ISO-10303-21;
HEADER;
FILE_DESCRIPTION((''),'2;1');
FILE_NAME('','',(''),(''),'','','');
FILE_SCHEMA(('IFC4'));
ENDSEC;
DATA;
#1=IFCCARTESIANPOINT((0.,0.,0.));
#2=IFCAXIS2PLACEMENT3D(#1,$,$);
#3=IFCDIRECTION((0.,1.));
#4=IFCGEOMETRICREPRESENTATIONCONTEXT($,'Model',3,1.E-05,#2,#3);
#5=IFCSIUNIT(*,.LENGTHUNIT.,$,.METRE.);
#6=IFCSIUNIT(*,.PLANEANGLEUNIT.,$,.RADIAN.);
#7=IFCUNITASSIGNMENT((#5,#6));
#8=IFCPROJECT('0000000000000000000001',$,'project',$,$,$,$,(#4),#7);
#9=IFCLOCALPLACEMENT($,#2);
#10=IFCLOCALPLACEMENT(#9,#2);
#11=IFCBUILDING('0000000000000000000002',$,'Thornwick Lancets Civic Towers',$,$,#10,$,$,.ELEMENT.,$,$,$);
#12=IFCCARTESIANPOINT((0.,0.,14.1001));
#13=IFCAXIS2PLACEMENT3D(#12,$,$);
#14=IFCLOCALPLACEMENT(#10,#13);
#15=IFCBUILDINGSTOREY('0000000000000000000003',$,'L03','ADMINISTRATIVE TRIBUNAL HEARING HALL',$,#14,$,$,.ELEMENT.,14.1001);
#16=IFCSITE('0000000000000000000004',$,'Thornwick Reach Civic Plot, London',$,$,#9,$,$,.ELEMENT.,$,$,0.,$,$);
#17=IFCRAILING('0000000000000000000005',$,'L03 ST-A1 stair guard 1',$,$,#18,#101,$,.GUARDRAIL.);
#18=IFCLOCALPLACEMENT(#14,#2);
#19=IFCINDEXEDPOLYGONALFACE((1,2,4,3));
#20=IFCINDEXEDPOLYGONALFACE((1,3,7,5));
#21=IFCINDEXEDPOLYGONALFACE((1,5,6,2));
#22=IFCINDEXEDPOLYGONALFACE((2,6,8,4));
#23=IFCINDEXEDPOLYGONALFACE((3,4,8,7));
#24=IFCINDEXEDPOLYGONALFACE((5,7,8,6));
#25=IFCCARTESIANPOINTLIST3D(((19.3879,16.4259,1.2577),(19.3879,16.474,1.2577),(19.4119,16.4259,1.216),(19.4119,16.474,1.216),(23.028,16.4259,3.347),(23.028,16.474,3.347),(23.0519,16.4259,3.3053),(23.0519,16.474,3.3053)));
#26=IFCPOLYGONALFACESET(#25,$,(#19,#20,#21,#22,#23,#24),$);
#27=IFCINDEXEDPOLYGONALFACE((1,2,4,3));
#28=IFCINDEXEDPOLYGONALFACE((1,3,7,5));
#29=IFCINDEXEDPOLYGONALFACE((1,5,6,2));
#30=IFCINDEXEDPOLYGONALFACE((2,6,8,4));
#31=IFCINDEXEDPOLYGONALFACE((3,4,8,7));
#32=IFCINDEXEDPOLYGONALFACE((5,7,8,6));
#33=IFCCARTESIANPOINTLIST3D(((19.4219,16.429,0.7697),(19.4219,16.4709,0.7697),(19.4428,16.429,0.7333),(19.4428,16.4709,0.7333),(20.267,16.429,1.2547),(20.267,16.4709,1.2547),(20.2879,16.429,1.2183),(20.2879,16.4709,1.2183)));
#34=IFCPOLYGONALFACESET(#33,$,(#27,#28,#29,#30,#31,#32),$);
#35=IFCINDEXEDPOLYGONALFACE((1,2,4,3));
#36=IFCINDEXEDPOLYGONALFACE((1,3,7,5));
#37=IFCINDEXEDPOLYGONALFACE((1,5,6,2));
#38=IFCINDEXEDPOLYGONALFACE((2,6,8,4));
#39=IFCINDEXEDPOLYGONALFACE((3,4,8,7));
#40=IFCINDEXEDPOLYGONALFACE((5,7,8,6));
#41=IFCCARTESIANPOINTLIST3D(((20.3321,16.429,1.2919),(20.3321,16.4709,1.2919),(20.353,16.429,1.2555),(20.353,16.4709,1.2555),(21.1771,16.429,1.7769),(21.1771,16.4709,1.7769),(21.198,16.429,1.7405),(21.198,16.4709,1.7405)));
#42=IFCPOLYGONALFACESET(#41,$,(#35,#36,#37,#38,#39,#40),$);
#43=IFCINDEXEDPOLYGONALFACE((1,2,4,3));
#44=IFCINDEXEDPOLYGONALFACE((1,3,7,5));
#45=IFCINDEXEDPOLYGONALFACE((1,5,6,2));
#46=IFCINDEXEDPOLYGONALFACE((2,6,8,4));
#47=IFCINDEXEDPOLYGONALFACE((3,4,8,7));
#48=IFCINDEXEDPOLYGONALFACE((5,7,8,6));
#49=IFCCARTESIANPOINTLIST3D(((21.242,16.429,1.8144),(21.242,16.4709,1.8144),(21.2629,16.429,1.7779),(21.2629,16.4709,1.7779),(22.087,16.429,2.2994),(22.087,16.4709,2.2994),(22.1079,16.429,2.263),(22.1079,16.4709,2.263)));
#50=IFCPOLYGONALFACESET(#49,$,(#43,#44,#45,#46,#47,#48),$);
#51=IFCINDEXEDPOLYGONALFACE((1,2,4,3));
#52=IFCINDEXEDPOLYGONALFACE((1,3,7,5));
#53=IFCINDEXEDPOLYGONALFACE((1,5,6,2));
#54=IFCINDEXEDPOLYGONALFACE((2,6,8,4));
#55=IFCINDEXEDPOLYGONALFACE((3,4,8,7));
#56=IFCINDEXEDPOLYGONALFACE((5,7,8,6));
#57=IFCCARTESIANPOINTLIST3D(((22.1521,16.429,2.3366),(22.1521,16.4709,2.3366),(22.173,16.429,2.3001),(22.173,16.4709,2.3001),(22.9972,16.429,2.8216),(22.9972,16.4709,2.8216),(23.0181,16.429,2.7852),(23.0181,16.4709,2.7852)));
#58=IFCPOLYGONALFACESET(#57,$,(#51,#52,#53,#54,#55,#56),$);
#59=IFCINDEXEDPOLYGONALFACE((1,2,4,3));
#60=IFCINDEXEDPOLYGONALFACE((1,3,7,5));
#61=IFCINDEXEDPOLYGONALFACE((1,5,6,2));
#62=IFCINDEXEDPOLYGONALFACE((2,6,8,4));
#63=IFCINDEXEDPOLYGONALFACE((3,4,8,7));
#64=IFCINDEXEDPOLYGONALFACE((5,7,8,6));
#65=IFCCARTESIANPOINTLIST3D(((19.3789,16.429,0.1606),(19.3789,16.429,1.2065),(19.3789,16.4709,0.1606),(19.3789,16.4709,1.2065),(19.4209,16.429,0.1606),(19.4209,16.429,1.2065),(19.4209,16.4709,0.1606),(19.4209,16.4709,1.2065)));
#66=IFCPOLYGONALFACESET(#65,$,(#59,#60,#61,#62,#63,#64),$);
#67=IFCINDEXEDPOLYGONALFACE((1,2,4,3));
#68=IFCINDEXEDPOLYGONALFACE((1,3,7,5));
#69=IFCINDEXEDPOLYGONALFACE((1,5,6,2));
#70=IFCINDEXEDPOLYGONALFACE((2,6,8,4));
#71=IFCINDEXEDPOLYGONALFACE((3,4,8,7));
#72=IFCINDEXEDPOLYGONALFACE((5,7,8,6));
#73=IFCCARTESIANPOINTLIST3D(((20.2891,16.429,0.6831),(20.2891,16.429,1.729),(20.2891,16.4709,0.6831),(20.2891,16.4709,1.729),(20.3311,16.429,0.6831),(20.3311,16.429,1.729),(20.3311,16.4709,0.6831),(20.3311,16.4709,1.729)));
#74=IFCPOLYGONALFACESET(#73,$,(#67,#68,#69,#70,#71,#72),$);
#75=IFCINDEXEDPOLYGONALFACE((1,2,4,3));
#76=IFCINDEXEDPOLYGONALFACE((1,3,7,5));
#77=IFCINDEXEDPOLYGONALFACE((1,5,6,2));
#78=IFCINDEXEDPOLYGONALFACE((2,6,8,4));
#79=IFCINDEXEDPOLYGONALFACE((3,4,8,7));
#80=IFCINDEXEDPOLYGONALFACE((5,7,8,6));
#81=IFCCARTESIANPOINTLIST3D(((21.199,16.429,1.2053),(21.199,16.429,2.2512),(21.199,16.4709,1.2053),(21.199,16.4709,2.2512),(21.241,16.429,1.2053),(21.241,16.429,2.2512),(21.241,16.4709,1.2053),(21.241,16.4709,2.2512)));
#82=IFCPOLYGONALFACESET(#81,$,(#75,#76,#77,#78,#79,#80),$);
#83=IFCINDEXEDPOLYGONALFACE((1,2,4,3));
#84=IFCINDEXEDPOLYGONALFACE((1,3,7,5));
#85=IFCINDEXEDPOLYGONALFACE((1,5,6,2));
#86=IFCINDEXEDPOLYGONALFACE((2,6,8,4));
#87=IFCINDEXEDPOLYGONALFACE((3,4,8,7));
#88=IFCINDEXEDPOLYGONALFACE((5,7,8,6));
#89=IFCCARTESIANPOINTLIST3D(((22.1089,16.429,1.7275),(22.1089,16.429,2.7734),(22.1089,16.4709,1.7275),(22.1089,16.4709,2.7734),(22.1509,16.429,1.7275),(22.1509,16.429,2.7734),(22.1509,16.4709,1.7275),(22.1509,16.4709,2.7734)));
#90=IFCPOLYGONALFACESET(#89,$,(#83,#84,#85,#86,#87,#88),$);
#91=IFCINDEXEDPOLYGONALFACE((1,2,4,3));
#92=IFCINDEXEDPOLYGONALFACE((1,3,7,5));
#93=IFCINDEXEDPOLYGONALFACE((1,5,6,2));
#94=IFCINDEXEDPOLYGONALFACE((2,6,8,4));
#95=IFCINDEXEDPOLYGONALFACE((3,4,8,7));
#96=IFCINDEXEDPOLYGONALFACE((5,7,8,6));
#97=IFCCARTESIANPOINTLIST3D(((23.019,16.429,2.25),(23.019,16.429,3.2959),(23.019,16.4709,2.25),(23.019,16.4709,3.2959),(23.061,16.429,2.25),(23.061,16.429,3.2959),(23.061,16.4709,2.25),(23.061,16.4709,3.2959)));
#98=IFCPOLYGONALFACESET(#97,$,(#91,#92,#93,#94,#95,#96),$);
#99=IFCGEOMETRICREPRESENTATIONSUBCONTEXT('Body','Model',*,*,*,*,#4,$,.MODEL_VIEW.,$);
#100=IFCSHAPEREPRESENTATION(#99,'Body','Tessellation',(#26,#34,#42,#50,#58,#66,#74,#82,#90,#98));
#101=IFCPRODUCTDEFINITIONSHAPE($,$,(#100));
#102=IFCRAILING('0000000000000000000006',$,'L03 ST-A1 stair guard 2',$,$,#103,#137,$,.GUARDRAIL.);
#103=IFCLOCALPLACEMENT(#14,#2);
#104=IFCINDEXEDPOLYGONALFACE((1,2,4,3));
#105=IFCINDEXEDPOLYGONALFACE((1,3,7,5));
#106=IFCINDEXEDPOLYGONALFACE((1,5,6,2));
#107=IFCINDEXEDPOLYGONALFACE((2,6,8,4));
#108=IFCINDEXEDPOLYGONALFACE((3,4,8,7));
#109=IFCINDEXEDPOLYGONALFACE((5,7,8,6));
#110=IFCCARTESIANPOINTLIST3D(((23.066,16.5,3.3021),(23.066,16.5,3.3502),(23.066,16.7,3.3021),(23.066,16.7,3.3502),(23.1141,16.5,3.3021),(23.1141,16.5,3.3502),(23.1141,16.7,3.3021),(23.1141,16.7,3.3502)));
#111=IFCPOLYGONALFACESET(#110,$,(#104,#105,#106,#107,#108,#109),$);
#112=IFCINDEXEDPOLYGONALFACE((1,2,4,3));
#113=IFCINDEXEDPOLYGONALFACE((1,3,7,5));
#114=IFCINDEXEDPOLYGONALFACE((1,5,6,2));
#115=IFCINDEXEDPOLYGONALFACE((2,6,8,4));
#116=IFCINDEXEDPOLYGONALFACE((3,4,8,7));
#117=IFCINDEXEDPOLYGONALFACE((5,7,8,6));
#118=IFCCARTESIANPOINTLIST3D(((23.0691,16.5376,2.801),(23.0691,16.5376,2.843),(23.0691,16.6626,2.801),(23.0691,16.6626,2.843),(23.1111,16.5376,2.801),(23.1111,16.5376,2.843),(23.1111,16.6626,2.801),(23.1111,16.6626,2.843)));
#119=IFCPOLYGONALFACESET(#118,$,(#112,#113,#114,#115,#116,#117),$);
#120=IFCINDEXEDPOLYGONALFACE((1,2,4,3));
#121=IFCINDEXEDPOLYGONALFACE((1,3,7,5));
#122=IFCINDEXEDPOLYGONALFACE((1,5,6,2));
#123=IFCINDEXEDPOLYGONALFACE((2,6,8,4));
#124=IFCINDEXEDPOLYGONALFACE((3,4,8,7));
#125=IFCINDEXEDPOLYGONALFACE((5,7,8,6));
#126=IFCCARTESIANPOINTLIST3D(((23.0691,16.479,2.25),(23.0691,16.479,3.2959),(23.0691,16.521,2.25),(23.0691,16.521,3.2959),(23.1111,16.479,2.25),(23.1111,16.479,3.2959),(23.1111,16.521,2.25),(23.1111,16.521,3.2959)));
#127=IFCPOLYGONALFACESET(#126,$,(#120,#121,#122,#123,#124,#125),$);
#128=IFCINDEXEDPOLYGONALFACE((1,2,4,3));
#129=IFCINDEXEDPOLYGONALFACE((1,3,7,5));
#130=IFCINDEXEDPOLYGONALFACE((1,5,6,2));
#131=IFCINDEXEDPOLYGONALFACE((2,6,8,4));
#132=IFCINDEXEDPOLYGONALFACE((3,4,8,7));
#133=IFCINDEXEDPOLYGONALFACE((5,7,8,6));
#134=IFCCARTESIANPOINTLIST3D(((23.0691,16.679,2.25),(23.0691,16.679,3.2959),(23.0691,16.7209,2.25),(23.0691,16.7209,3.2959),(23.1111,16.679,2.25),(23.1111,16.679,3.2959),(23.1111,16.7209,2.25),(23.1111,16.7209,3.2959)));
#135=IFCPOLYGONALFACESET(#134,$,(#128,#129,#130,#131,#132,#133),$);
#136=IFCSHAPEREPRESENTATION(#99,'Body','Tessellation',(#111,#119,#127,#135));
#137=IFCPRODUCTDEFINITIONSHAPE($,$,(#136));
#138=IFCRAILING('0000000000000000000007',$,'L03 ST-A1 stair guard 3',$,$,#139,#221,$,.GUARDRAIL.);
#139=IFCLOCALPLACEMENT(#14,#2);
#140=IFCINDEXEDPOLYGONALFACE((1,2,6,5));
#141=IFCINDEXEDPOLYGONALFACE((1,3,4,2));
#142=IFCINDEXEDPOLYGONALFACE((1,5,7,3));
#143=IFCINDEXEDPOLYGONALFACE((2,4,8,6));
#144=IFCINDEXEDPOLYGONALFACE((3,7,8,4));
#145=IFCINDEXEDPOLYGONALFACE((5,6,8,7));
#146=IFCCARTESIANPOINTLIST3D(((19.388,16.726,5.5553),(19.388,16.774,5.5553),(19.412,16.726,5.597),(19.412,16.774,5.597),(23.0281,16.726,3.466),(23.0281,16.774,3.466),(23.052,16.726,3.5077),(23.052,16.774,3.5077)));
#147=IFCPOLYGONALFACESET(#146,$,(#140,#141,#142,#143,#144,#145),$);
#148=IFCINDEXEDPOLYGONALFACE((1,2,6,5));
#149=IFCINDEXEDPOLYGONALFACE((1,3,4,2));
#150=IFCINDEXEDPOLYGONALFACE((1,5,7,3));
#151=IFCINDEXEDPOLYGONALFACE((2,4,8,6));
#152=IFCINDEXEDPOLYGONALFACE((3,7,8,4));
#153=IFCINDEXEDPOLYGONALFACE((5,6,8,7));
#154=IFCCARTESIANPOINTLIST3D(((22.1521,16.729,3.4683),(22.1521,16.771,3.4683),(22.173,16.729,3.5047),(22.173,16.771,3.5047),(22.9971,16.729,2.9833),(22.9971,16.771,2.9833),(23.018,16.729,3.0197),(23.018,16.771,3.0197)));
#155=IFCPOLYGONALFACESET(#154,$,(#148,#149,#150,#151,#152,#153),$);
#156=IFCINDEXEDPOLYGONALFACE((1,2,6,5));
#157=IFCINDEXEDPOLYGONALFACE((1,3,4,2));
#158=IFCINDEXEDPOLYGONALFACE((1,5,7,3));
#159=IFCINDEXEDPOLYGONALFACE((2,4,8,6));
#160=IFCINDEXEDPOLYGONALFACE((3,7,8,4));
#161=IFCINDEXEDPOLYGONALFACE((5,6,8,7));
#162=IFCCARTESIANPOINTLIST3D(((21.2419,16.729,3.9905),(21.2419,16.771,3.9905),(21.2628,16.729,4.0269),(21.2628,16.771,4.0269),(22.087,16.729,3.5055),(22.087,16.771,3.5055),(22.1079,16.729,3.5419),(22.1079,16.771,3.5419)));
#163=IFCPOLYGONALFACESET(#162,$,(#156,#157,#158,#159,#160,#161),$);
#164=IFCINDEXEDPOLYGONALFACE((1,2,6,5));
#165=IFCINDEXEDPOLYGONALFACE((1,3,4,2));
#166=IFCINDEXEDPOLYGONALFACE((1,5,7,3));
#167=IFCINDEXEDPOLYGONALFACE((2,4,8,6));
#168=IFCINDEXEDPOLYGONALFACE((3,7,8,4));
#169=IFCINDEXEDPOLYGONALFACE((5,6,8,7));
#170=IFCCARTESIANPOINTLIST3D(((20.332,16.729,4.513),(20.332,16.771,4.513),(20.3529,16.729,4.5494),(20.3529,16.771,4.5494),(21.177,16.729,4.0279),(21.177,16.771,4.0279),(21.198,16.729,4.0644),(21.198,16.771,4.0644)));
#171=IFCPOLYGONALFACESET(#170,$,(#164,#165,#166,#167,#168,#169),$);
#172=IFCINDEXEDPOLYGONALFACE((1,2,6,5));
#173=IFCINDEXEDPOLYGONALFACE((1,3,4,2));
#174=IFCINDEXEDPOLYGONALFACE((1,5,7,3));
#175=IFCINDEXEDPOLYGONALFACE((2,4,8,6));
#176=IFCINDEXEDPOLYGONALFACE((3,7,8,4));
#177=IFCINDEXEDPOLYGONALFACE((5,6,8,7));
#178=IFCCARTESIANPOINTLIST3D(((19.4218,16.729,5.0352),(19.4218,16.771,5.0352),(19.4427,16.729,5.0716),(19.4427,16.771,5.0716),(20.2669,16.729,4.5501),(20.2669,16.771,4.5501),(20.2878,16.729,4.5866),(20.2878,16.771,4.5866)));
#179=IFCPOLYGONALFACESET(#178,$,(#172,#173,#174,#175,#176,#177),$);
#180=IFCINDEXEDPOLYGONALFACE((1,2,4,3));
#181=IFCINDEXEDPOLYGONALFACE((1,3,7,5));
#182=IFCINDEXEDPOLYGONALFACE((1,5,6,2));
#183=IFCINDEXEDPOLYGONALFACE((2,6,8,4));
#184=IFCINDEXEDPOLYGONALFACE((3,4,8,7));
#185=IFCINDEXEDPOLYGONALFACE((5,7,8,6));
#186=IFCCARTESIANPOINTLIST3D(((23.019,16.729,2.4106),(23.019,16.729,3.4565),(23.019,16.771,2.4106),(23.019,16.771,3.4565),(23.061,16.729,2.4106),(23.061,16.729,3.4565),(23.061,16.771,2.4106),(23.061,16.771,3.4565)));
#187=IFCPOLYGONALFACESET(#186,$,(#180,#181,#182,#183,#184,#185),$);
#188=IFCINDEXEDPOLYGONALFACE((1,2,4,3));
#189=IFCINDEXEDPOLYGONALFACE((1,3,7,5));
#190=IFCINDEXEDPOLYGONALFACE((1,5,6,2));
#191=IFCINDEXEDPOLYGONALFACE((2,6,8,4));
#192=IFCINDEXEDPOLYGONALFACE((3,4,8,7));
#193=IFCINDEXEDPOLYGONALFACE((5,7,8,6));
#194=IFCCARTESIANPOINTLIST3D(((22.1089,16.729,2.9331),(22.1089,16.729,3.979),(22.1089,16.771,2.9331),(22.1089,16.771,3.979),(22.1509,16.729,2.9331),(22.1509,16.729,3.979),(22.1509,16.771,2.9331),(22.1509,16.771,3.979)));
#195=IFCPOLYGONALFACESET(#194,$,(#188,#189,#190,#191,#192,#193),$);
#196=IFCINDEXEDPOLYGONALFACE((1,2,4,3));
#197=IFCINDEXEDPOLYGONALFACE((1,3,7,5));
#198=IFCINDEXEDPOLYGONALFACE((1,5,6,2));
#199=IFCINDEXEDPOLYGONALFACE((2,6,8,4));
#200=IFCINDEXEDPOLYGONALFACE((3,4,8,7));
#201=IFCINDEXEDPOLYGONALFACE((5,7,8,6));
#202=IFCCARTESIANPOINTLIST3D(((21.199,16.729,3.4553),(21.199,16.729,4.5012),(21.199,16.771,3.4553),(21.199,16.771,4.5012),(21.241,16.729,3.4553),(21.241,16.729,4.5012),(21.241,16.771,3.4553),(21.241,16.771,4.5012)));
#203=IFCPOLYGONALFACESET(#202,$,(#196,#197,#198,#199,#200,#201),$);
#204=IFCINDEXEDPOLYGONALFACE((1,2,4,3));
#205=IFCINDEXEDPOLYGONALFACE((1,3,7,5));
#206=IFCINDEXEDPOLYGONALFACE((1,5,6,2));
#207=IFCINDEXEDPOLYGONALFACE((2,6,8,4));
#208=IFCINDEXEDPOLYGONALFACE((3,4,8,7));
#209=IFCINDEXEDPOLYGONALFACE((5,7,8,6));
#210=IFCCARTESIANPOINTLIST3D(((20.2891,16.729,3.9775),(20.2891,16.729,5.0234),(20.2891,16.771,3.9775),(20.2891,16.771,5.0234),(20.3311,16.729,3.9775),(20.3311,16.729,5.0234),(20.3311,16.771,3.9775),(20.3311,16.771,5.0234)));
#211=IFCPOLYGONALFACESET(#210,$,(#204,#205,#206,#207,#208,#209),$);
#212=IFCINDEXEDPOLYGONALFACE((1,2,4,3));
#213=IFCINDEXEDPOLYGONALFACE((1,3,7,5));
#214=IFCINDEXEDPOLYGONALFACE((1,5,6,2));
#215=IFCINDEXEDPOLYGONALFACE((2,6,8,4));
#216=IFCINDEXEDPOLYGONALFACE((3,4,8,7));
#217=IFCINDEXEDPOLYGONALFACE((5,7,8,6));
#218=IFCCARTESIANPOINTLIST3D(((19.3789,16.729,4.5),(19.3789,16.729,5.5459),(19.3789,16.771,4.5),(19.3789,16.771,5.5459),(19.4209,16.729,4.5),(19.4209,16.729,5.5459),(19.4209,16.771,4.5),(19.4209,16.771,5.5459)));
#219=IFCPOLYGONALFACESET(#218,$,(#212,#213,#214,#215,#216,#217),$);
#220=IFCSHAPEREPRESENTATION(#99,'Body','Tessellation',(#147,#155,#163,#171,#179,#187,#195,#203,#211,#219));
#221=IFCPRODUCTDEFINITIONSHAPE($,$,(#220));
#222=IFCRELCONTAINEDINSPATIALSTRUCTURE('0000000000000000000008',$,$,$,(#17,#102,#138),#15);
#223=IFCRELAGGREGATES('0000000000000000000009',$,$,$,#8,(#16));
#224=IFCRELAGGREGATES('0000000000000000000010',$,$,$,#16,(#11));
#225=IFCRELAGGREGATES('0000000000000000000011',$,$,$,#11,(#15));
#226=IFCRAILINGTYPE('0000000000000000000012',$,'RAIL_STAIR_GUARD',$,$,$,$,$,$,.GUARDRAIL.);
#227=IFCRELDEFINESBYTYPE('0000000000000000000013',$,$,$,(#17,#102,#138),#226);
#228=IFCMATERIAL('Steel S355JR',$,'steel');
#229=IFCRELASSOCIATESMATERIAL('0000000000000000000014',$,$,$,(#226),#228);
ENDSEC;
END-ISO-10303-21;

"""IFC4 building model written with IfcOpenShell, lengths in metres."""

from ifc_helpers import new_model, si_unit, direction, frame, origin, origin_2d, place, context, subcontext, project, spatial, rectangle, extrude, material, type_object, element, save


model = new_model("IFC4")

# Units and contexts
model_context = context("Model", 3, precision=1e-05, world=origin(), true_north=direction((0.0, 1.0)))
body_context = subcontext(model_context, "Body", "Model", "MODEL_VIEW")
ifc_project = project(units=[si_unit("LENGTHUNIT", "METRE"), si_unit("PLANEANGLEUNIT", "RADIAN")], contexts=[model_context])

# Site, building, storey
site_placement = place(None, origin())
site = spatial("IfcSite", under=ifc_project, at=site_placement, Name="Thornwick Reach Civic Plot, London", CompositionType="ELEMENT", RefElevation=0.0)
building_placement = place(site_placement, origin())
building = spatial("IfcBuilding", under=site, at=building_placement, Name="Thornwick Lancets Civic Towers", CompositionType="ELEMENT")
storey_placement = place(building_placement, frame((0.0, 0.0, 14.1001)))
storey = spatial("IfcBuildingStorey", under=building, at=storey_placement, Name="L03", Description="ADMINISTRATIVE TRIBUNAL HEARING HALL", CompositionType="ELEMENT", Elevation=14.1001)

# Shared definitions
ifc_material_1 = material(Name="Steel S355JR", Category="steel")

# Railings
railing_type_1 = type_object("IfcRailingType", Name="RAIL_STAIR_GUARD", PredefinedType="GUARDRAIL", material=ifc_material_1)
railing_1_placement = place(storey_placement, frame((19.3999, 16.45, 0.1606)))
element("IfcRailing", 1, at=railing_1_placement, inside=storey, type_object=railing_type_1, Name="L03 ST-A1 stair guard 1", PredefinedType="GUARDRAIL", context=body_context, shape_type="SweptSolid", body=[
    extrude(rectangle(XDim=0.0481, YDim=0.0481, at=origin_2d()), frame((0.0, 0.0, 1.0762), z_axis=(0.867289, 0.0, 0.497804), x_axis=(0.0, 1.0, 0.0)), (0.0, 0.0, 1.0), 4.197),
    extrude(rectangle(XDim=0.042, YDim=0.042, at=origin_2d()), frame((0.0325, 0.0, 0.5908), z_axis=(0.867289, 0.0, 0.497804), x_axis=(0.0, 1.0, 0.0)), (0.0, 0.0, 1.0), 0.9744),
    extrude(rectangle(XDim=0.042, YDim=0.042, at=origin_2d()), frame((0.9426, 0.0, 1.113), z_axis=(0.867289, 0.0, 0.497804), x_axis=(0.0, 1.0, 0.0)), (0.0, 0.0, 1.0), 0.9744),
    extrude(rectangle(XDim=0.042, YDim=0.042, at=origin_2d()), frame((1.8525, 0.0, 1.6355), z_axis=(0.867289, 0.0, 0.497804), x_axis=(0.0, 1.0, 0.0)), (0.0, 0.0, 1.0), 0.9744),
    extrude(rectangle(XDim=0.042, YDim=0.042, at=origin_2d()), frame((2.7627, 0.0, 2.1577), z_axis=(0.867289, 0.0, 0.497804), x_axis=(0.0, 1.0, 0.0)), (0.0, 0.0, 1.0), 0.9744),
    extrude(rectangle(XDim=0.042, YDim=0.042, at=origin_2d()), origin(), (0.0, 0.0, 1.0), 1.0459),
    extrude(rectangle(XDim=0.042, YDim=0.042, at=origin_2d()), frame((0.9102, 0.0, 0.5225)), (0.0, 0.0, 1.0), 1.0459),
    extrude(rectangle(XDim=0.042, YDim=0.042, at=origin_2d()), frame((1.8201, 0.0, 1.0447)), (0.0, 0.0, 1.0), 1.0459),
    extrude(rectangle(XDim=0.042, YDim=0.042, at=origin_2d()), frame((2.73, 0.0, 1.5669)), (0.0, 0.0, 1.0), 1.0459),
    extrude(rectangle(XDim=0.042, YDim=0.042, at=origin_2d()), frame((3.6401, 0.0, 2.0894)), (0.0, 0.0, 1.0), 1.0459),
])
railing_2_placement = place(storey_placement, frame((23.0901, 16.5, 2.25)))
element("IfcRailing", 2, at=railing_2_placement, inside=storey, type_object=railing_type_1, Name="L03 ST-A1 stair guard 2", PredefinedType="GUARDRAIL", context=body_context, shape_type="SweptSolid", body=[
    extrude(rectangle(XDim=0.0481, YDim=0.0481, at=origin_2d()), frame((0.0, 0.0, 1.0762), z_axis=(0.0, 1.0, 0.0), x_axis=(-1.0, 0.0, 0.0)), (0.0, 0.0, 1.0), 0.2),
    extrude(rectangle(XDim=0.042, YDim=0.042, at=origin_2d()), frame((0.0, 0.0376, 0.572), z_axis=(0.0, 1.0, 0.0), x_axis=(-1.0, 0.0, 0.0)), (0.0, 0.0, 1.0), 0.125),
    extrude(rectangle(XDim=0.042, YDim=0.042, at=origin_2d()), origin(), (0.0, 0.0, 1.0), 1.0459),
    extrude(rectangle(XDim=0.042, YDim=0.042, at=origin_2d()), frame((0.0, 0.2, 0.0)), (0.0, 0.0, 1.0), 1.0459),
])
railing_3_placement = place(storey_placement, frame((23.04, 16.75, 2.4106)))
element("IfcRailing", 3, at=railing_3_placement, inside=storey, type_object=railing_type_1, Name="L03 ST-A1 stair guard 3", PredefinedType="GUARDRAIL", context=body_context, shape_type="SweptSolid", body=[
    extrude(rectangle(XDim=0.0481, YDim=0.0481, at=origin_2d()), frame((0.0, 0.0, 1.0762), z_axis=(-0.867289, 0.0, 0.497804), x_axis=(0.0, -1.0, 0.0)), (0.0, 0.0, 1.0), 4.197),
    extrude(rectangle(XDim=0.042, YDim=0.042, at=origin_2d()), frame((-0.0325, 0.0, 0.5908), z_axis=(-0.867289, 0.0, 0.497804), x_axis=(0.0, -1.0, 0.0)), (0.0, 0.0, 1.0), 0.9744),
    extrude(rectangle(XDim=0.042, YDim=0.042, at=origin_2d()), frame((-0.9426, 0.0, 1.113), z_axis=(-0.867289, 0.0, 0.497804), x_axis=(0.0, -1.0, 0.0)), (0.0, 0.0, 1.0), 0.9744),
    extrude(rectangle(XDim=0.042, YDim=0.042, at=origin_2d()), frame((-1.8525, 0.0, 1.6355), z_axis=(-0.867289, 0.0, 0.497804), x_axis=(0.0, -1.0, 0.0)), (0.0, 0.0, 1.0), 0.9744),
    extrude(rectangle(XDim=0.042, YDim=0.042, at=origin_2d()), frame((-2.7627, 0.0, 2.1577), z_axis=(-0.867289, 0.0, 0.497804), x_axis=(0.0, -1.0, 0.0)), (0.0, 0.0, 1.0), 0.9744),
    extrude(rectangle(XDim=0.042, YDim=0.042, at=origin_2d()), origin(), (0.0, 0.0, 1.0), 1.0459),
    extrude(rectangle(XDim=0.042, YDim=0.042, at=origin_2d()), frame((-0.9102, 0.0, 0.5225)), (0.0, 0.0, 1.0), 1.0459),
    extrude(rectangle(XDim=0.042, YDim=0.042, at=origin_2d()), frame((-1.8201, 0.0, 1.0447)), (0.0, 0.0, 1.0), 1.0459),
    extrude(rectangle(XDim=0.042, YDim=0.042, at=origin_2d()), frame((-2.73, 0.0, 1.5669)), (0.0, 0.0, 1.0), 1.0459),
    extrude(rectangle(XDim=0.042, YDim=0.042, at=origin_2d()), frame((-3.6401, 0.0, 2.0894)), (0.0, 0.0, 1.0), 1.0459),
])

save(model, "model.ifc")
